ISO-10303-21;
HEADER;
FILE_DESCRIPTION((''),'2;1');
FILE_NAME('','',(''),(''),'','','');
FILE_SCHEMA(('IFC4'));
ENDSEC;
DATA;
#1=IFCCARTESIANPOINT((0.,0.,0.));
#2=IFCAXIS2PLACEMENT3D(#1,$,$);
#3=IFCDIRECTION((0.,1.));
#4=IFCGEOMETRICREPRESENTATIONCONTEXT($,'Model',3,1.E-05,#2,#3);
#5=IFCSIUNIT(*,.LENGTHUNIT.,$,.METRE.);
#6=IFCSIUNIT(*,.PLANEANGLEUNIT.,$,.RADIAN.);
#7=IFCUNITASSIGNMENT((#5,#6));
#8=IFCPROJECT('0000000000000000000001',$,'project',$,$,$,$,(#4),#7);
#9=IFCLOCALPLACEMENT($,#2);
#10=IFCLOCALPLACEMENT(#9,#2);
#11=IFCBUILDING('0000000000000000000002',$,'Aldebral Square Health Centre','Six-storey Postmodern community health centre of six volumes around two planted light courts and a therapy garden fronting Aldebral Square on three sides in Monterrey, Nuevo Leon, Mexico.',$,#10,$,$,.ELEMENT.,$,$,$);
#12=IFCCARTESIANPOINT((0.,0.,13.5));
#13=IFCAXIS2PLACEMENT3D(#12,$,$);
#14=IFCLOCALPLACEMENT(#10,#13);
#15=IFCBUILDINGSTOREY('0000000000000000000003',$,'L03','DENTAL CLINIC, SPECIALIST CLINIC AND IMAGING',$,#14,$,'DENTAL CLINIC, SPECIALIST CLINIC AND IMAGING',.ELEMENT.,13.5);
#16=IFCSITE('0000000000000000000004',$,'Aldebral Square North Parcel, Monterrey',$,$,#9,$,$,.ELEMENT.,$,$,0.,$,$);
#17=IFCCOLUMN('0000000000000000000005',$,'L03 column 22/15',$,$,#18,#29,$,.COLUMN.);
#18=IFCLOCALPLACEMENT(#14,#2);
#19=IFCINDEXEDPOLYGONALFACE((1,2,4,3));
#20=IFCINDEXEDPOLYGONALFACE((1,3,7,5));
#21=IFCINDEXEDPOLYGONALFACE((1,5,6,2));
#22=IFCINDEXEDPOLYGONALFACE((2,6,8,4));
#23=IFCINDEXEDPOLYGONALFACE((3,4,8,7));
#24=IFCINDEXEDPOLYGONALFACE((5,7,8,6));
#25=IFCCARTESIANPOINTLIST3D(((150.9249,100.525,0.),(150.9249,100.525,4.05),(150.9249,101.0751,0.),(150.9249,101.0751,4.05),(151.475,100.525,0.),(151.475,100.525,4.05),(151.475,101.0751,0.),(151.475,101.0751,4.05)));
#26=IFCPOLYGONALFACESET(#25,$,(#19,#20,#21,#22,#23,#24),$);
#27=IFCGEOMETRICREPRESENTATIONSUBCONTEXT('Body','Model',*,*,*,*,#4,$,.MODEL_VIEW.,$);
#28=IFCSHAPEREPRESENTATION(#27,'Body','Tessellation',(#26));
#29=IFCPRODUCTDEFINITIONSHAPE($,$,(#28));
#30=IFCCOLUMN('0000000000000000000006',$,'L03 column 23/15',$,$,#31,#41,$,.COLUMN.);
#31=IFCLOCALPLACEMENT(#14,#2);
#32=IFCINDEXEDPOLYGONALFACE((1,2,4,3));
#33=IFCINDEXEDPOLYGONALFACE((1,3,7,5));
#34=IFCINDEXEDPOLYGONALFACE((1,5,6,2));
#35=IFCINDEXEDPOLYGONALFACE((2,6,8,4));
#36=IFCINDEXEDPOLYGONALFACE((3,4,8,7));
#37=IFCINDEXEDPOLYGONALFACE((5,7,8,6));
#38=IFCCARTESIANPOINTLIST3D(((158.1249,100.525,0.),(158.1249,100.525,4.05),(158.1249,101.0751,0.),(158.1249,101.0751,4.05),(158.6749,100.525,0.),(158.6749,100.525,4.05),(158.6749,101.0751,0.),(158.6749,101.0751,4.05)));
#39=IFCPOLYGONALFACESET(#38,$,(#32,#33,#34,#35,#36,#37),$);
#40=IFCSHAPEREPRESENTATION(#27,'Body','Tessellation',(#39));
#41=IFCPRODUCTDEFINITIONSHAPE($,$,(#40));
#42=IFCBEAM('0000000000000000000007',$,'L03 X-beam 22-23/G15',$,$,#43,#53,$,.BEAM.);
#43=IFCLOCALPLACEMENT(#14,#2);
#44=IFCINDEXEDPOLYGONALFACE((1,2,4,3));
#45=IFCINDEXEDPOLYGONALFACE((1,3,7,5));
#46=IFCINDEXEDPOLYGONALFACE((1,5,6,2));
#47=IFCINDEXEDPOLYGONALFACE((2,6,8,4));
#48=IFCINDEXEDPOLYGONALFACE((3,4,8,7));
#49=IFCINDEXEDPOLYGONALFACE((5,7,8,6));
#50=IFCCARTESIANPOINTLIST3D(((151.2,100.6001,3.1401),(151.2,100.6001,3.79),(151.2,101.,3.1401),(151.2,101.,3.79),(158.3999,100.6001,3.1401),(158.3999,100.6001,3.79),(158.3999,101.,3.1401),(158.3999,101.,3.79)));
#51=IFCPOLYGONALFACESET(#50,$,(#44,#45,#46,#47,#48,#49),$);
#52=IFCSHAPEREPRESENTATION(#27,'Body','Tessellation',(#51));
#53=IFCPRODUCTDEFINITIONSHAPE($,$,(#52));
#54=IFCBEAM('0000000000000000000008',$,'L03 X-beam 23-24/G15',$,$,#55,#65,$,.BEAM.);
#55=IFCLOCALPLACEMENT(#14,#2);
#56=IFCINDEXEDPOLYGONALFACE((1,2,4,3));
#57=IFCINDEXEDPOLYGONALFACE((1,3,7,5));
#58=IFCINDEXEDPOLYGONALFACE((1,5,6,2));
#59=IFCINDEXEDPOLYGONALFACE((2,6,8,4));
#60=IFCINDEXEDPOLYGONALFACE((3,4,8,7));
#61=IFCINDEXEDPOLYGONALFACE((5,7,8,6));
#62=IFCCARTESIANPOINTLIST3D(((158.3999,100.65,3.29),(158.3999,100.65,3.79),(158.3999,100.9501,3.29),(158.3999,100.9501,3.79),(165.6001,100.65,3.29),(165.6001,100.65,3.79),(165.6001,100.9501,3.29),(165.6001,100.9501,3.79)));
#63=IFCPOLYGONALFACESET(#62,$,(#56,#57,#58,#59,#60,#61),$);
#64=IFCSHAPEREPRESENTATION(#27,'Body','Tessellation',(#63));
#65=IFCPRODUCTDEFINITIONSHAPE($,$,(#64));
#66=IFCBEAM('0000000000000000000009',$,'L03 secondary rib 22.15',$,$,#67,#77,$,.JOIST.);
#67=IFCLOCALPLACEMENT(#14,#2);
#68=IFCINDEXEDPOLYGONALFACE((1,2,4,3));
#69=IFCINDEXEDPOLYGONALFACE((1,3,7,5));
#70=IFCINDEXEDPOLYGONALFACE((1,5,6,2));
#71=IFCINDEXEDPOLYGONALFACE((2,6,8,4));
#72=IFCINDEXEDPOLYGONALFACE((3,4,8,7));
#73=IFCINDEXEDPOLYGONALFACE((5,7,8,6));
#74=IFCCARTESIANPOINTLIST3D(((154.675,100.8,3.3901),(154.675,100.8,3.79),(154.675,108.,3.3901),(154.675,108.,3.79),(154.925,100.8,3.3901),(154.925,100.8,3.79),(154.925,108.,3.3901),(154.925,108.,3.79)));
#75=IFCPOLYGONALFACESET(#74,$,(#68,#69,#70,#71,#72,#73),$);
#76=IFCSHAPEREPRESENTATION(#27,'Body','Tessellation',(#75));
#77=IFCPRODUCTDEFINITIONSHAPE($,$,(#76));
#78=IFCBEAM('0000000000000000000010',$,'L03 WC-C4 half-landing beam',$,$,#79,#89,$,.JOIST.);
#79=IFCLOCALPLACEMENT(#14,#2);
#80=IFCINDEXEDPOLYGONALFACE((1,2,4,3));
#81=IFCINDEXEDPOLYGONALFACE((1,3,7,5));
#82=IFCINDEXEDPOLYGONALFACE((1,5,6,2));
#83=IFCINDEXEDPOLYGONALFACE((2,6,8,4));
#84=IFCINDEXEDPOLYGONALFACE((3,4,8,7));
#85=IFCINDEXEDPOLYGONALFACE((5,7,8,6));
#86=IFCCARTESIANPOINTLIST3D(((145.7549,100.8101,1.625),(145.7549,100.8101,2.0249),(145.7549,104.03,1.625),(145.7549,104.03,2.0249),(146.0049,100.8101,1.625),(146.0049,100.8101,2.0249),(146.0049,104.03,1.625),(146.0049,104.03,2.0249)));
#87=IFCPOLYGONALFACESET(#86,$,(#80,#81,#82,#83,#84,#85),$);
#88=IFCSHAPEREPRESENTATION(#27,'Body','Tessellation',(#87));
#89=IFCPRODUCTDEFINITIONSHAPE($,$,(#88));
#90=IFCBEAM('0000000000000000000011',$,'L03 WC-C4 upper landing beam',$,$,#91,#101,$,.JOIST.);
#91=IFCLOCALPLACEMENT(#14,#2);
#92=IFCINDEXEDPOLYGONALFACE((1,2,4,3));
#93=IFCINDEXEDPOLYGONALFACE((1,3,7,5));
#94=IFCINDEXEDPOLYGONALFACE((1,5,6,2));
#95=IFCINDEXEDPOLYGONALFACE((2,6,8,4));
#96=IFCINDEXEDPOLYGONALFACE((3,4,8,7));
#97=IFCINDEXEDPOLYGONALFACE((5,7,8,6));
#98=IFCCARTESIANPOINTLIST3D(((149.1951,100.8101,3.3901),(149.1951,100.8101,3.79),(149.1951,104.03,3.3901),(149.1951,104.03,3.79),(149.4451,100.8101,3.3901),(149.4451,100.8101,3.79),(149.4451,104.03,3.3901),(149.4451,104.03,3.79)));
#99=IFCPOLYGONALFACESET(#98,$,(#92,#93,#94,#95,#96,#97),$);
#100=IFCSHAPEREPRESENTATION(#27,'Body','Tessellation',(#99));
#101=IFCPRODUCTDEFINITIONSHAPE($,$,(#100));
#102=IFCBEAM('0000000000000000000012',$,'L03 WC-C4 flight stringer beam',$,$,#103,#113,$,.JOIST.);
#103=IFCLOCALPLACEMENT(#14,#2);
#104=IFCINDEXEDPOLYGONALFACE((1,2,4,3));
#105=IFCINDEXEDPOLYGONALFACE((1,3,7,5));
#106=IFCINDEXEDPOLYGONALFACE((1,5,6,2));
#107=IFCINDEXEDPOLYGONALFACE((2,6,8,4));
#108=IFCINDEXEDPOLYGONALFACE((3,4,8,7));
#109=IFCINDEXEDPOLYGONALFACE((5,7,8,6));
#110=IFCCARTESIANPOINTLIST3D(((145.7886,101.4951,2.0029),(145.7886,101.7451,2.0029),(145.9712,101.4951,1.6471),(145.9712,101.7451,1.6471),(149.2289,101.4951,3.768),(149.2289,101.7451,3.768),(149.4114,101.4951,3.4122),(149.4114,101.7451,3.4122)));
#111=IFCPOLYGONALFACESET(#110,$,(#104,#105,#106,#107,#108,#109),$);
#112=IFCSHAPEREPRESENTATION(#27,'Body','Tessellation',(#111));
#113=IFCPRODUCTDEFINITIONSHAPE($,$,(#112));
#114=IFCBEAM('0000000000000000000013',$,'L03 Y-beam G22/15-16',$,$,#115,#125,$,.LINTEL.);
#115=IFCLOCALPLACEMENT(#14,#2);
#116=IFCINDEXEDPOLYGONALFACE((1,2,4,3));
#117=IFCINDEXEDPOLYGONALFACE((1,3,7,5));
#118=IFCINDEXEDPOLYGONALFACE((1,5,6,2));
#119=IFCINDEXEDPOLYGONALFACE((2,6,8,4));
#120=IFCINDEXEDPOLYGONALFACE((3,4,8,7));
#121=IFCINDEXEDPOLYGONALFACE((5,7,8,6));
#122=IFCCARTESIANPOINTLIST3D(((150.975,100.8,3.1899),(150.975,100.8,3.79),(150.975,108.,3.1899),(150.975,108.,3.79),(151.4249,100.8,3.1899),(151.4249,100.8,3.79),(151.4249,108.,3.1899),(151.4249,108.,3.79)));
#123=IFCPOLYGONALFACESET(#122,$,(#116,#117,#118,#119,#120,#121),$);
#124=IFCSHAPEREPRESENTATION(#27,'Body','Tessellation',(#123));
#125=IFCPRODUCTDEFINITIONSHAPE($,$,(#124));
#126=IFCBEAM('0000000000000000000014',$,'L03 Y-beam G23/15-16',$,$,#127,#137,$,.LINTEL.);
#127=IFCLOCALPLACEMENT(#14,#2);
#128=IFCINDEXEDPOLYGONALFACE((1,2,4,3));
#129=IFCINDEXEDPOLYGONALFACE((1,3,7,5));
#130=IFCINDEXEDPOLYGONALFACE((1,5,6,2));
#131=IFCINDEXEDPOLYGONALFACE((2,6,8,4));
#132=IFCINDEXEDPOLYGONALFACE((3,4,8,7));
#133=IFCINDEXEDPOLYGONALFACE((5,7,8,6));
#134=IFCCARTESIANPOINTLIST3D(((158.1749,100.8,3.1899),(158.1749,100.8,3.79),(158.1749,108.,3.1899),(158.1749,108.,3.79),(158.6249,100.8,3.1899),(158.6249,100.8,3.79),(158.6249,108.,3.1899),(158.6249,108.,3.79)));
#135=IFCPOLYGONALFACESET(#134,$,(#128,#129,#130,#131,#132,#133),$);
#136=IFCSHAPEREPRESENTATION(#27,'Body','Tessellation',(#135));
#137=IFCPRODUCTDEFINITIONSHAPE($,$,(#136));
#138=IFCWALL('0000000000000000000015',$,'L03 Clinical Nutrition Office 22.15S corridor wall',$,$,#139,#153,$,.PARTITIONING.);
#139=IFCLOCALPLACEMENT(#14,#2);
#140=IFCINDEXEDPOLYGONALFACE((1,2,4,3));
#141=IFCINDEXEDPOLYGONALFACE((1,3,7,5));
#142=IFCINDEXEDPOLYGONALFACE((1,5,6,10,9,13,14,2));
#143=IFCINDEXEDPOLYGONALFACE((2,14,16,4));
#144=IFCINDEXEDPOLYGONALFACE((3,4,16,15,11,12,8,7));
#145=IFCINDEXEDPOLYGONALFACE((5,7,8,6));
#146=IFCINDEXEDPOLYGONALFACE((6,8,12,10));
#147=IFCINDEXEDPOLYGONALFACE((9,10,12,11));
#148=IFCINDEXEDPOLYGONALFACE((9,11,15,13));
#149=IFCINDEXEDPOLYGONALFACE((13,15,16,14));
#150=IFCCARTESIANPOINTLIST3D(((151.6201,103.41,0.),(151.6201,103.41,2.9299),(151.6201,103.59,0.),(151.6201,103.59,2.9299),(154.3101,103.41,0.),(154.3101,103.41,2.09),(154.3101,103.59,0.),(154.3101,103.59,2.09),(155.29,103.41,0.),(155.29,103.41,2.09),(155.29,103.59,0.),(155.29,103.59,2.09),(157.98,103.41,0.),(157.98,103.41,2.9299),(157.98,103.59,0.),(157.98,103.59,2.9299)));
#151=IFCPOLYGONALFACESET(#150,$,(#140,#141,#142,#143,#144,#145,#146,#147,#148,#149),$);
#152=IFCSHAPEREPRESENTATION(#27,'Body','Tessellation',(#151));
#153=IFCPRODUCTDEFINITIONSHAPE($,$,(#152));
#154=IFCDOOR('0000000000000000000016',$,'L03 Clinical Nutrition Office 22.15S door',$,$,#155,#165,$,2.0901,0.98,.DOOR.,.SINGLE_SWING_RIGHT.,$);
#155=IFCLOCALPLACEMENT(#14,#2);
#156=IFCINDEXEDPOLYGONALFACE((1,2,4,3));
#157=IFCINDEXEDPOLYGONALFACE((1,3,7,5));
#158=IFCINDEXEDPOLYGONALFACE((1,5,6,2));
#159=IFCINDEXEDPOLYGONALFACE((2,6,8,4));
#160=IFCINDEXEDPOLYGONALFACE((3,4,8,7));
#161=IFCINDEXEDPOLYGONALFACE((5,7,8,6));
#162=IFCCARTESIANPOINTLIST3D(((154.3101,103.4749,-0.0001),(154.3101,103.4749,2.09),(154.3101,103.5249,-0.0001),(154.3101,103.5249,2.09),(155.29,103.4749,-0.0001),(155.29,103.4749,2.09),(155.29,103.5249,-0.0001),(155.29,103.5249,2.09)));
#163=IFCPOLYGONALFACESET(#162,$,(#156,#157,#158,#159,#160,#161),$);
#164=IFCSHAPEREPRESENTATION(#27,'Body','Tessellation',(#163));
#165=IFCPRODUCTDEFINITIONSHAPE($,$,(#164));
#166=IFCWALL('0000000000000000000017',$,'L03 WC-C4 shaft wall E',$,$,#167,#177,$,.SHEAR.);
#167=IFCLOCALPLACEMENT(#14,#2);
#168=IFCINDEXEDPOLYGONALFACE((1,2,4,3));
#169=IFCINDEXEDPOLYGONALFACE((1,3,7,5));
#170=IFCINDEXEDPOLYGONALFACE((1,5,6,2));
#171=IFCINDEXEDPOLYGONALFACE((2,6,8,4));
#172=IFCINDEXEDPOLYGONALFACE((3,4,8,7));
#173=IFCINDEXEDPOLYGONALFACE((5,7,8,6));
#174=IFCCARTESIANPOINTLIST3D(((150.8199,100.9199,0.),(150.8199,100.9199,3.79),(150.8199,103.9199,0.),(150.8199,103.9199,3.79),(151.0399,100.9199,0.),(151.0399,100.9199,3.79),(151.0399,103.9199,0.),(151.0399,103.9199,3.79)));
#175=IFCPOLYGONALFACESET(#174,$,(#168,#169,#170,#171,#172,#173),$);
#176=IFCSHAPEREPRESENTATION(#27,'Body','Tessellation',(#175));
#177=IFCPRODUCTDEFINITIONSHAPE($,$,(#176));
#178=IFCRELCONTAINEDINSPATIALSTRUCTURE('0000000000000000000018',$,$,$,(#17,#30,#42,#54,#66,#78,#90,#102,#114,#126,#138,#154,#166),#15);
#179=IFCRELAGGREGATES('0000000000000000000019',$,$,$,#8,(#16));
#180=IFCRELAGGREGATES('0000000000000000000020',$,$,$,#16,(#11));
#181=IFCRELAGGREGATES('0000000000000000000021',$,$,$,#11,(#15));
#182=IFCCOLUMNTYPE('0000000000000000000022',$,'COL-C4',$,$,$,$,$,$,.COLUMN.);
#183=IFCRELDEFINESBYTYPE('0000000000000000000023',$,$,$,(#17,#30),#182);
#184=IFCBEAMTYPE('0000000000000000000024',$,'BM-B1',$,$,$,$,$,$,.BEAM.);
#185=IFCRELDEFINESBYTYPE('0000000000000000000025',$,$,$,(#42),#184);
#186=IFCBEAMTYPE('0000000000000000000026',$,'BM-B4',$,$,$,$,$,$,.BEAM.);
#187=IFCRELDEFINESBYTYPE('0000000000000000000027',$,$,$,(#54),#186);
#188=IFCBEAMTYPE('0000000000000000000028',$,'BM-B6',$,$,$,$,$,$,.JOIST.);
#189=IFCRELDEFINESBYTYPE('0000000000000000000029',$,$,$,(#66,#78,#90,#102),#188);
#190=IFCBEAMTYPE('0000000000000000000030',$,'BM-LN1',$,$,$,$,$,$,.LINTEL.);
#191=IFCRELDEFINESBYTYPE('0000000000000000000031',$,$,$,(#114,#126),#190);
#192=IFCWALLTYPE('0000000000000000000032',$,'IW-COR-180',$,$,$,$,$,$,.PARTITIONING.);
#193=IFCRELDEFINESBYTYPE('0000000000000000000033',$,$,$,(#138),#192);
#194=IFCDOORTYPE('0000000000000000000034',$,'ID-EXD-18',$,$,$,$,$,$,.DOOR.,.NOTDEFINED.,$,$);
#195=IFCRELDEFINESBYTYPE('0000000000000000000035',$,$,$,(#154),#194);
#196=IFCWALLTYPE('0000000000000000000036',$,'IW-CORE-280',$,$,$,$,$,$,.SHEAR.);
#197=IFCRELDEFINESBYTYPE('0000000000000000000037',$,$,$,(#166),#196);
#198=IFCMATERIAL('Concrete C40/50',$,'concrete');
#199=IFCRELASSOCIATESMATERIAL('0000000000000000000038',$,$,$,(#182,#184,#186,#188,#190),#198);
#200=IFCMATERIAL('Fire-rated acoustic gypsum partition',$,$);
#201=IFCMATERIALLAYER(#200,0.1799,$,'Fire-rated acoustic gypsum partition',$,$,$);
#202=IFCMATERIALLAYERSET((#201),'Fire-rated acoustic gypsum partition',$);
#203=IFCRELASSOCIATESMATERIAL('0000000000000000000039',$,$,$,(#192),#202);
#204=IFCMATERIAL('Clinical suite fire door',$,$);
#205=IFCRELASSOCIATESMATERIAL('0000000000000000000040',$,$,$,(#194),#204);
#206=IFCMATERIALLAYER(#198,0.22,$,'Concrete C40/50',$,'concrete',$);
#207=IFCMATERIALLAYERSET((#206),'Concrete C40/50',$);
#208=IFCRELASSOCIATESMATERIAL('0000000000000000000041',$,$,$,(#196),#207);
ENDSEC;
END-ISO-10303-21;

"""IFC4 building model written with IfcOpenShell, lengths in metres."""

from ifc_helpers import new_model, si_unit, direction, frame, frame_2d, origin, origin_2d, place, context, subcontext, project, spatial, rectangle, extrude, material, layer, layer_set, material_profile, profile_set, type_object, element, fill, save


model = new_model("IFC4")

# Units and contexts
model_context = context("Model", 3, precision=1e-05, world=origin(), true_north=direction((0.0, 1.0)))
body_context = subcontext(model_context, "Body", "Model", "MODEL_VIEW")
ifc_project = project(units=[si_unit("LENGTHUNIT", "METRE"), si_unit("PLANEANGLEUNIT", "RADIAN")], contexts=[model_context])

# Site, building, storey
site_placement = place(None, origin())
site = spatial("IfcSite", under=ifc_project, at=site_placement, Name="Aldebral Square North Parcel, Monterrey", CompositionType="ELEMENT", RefElevation=0.0)
building_placement = place(site_placement, origin())
building = spatial("IfcBuilding", under=site, at=building_placement, Name="Aldebral Square Health Centre", Description="Six-storey Postmodern community health centre of six volumes around two planted light courts and a therapy garden fronting Aldebral Square on three sides in Monterrey, Nuevo Leon, Mexico.", CompositionType="ELEMENT")
storey_placement = place(building_placement, frame((0.0, 0.0, 13.5)))
storey = spatial("IfcBuildingStorey", under=building, at=storey_placement, Name="L03", Description="DENTAL CLINIC, SPECIALIST CLINIC AND IMAGING", LongName="DENTAL CLINIC, SPECIALIST CLINIC AND IMAGING", CompositionType="ELEMENT", Elevation=13.5)

# Columns
ifc_material_1 = material(Name="Concrete C40/50", Category="concrete")
ifc_material_profile_1 = material_profile(ifc_material_1, rectangle(XDim=0.55, YDim=0.55, at=origin_2d()), Name="RC 550x550")
ifc_profile_set_1 = profile_set([ifc_material_profile_1], Name="Concrete C40/50")
column_type = type_object("IfcColumnType", Name="COL-C4", PredefinedType="COLUMN", material=ifc_profile_set_1)
for number, where, z_axis, x_axis, name in (
    (1, (151.2, 100.8, 0.0), (0.0, 0.0, 1.0), (1.0, 0.0, 0.0), "L03 column 22/15"),
    (2, (158.3999, 100.8, 0.0), (0.0, 0.0, 1.0), (1.0, 0.0, 0.0), "L03 column 23/15"),
):
    element("IfcColumn", number, at=place(storey_placement, frame(where, z_axis=z_axis, x_axis=x_axis)), inside=storey, type_object=column_type, Name=name, PredefinedType="COLUMN", context=body_context, shape_type="SweptSolid", body=[
        extrude(rectangle(XDim=0.55, YDim=0.55, at=origin_2d()), origin(), (0.0, 0.0, 1.0), 4.05),
    ])

# Beams
ifc_material_profile_2 = material_profile(ifc_material_1, rectangle(XDim=0.3999, YDim=0.6499, at=origin_2d()), Name="RC 400x650")
ifc_profile_set_2 = profile_set([ifc_material_profile_2], Name="Concrete C40/50")
beam_type_1 = type_object("IfcBeamType", Name="BM-B1", PredefinedType="BEAM", material=ifc_profile_set_2)
beam_1_placement = place(storey_placement, frame((151.2, 100.8, 3.4651), z_axis=(1.0, 0.0, 0.0), x_axis=(0.0, 1.0, 0.0)))
element("IfcBeam", 3, at=beam_1_placement, inside=storey, type_object=beam_type_1, Name="L03 X-beam 22-23/G15", PredefinedType="BEAM", context=body_context, shape_type="SweptSolid", body=[
    extrude(rectangle(XDim=0.3999, YDim=0.6499, at=origin_2d()), origin(), (0.0, 0.0, 1.0), 7.2),
])
ifc_material_profile_3 = material_profile(ifc_material_1, rectangle(XDim=0.3, YDim=0.5, at=origin_2d()), Name="RC 300x500")
ifc_profile_set_3 = profile_set([ifc_material_profile_3], Name="Concrete C40/50")
beam_type_2 = type_object("IfcBeamType", Name="BM-B4", PredefinedType="BEAM", material=ifc_profile_set_3)
beam_2_placement = place(storey_placement, frame((158.3999, 100.8, 3.54), z_axis=(1.0, 0.0, 0.0), x_axis=(0.0, 1.0, 0.0)))
element("IfcBeam", 4, at=beam_2_placement, inside=storey, type_object=beam_type_2, Name="L03 X-beam 23-24/G15", PredefinedType="BEAM", context=body_context, shape_type="SweptSolid", body=[
    extrude(rectangle(XDim=0.3, YDim=0.5, at=origin_2d()), origin(), (0.0, 0.0, 1.0), 7.2002),
])
ifc_material_profile_4 = material_profile(ifc_material_1, rectangle(XDim=0.25, YDim=0.3999, at=origin_2d()), Name="RC 250x400")
ifc_profile_set_4 = profile_set([ifc_material_profile_4], Name="Concrete C40/50")
beam_type_3 = type_object("IfcBeamType", Name="BM-B6", PredefinedType="JOIST", material=ifc_profile_set_4)
beam_3_placement = place(storey_placement, frame((154.8, 100.8, 3.5901), z_axis=(0.0, 1.0, 0.0), x_axis=(-1.0, 0.0, 0.0)))
element("IfcBeam", 5, at=beam_3_placement, inside=storey, type_object=beam_type_3, Name="L03 secondary rib 22.15", PredefinedType="JOIST", context=body_context, shape_type="SweptSolid", body=[
    extrude(rectangle(XDim=0.25, YDim=0.3999, at=origin_2d()), origin(), (0.0, 0.0, 1.0), 7.2),
])
for number, where, z_axis, x_axis, name in (
    (6, (145.8799, 100.8101, 1.825), (0.0, 1.0, 0.0), (-1.0, 0.0, 0.0), "L03 WC-C4 half-landing beam"),
    (7, (149.3201, 100.8101, 3.5901), (0.0, 1.0, 0.0), (-1.0, 0.0, 0.0), "L03 WC-C4 upper landing beam"),
):
    element("IfcBeam", number, at=place(storey_placement, frame(where, z_axis=z_axis, x_axis=x_axis)), inside=storey, type_object=beam_type_3, Name=name, PredefinedType="JOIST", context=body_context, shape_type="SweptSolid", body=[
        extrude(rectangle(XDim=0.25, YDim=0.3999, at=origin_2d()), origin(), (0.0, 0.0, 1.0), 3.22),
    ])
beam_4_placement = place(storey_placement, frame((145.8799, 101.6201, 1.825), z_axis=(0.889719, 0.0, 0.456509), x_axis=(0.0, 1.0, 0.0)))
element("IfcBeam", 8, at=beam_4_placement, inside=storey, type_object=beam_type_3, Name="L03 WC-C4 flight stringer beam", PredefinedType="JOIST", context=body_context, shape_type="SweptSolid", body=[
    extrude(rectangle(XDim=0.25, YDim=0.3999, at=origin_2d()), origin(), (0.0, 0.0, 1.0), 3.8667),
])
ifc_material_profile_5 = material_profile(ifc_material_1, rectangle(XDim=0.45, YDim=0.6001, at=origin_2d()), Name="RC 450x600")
ifc_profile_set_5 = profile_set([ifc_material_profile_5], Name="Concrete C40/50")
beam_type_4 = type_object("IfcBeamType", Name="BM-LN1", PredefinedType="LINTEL", material=ifc_profile_set_5)
for number, where, z_axis, x_axis, name in (
    (9, (151.2, 100.8, 3.49), (0.0, 1.0, 0.0), (-1.0, 0.0, 0.0), "L03 Y-beam G22/15-16"),
    (10, (158.3999, 100.8, 3.49), (0.0, 1.0, 0.0), (-1.0, 0.0, 0.0), "L03 Y-beam G23/15-16"),
):
    element("IfcBeam", number, at=place(storey_placement, frame(where, z_axis=z_axis, x_axis=x_axis)), inside=storey, type_object=beam_type_4, Name=name, PredefinedType="LINTEL", context=body_context, shape_type="SweptSolid", body=[
        extrude(rectangle(XDim=0.45, YDim=0.6001, at=origin_2d()), origin(), (0.0, 0.0, 1.0), 7.2),
    ])

# Wall, opening, door
ifc_material_2 = material(Name="Fire-rated acoustic gypsum partition")
ifc_layer_1 = layer(ifc_material_2, 0.1799, Name="Fire-rated acoustic gypsum partition")
ifc_layer_set_1 = layer_set([ifc_layer_1], Name="Fire-rated acoustic gypsum partition")
wall_type_1 = type_object("IfcWallType", Name="IW-COR-180", PredefinedType="PARTITIONING", material=ifc_layer_set_1)
wall_1_placement = place(storey_placement, frame((151.6201, 103.5, 0.0), z_axis=(0.0, 0.0, 1.0), x_axis=(1.0, 0.0, 0.0)))
wall_1 = element("IfcWall", 11, at=wall_1_placement, inside=storey, type_object=wall_type_1, Name="L03 Clinical Nutrition Office 22.15S corridor wall", PredefinedType="PARTITIONING", context=body_context, shape_type="SweptSolid", body=[
    extrude(rectangle(XDim=6.3599, YDim=0.1799, at=frame_2d((3.1799, 0.0))), origin(), (0.0, 0.0, 1.0), 2.9299),
])
opening_placement = place(wall_1_placement, frame((2.6899, 0.0, 0.0)))
opening = element("IfcOpeningElement", 12, at=opening_placement, cuts=wall_1, PredefinedType="OPENING", context=body_context, shape_type="SweptSolid", body=[
    extrude(rectangle(XDim=0.98, YDim=2.0901, at=frame_2d((0.49, 1.0449))), frame((0.0, 0.1001, 0.0), z_axis=(0.0, -1.0, 0.0), x_axis=(1.0, 0.0, 0.0)), (0.0, 0.0, 1.0), 0.2),
])
ifc_material_3 = material(Name="Clinical suite fire door")
door_type = type_object("IfcDoorType", Name="ID-EXD-18", OperationType="NOTDEFINED", PredefinedType="DOOR", material=ifc_material_3)
door_placement = place(opening_placement, origin())
door = element("IfcDoor", 13, at=door_placement, inside=storey, type_object=door_type, Name="L03 Clinical Nutrition Office 22.15S door", OperationType="SINGLE_SWING_RIGHT", OverallHeight=2.0901, OverallWidth=0.98, PredefinedType="DOOR", context=body_context, shape_type="SweptSolid", body=[
    extrude(rectangle(XDim=0.98, YDim=2.0901, at=frame_2d((0.49, 1.0449))), frame((0.0, 0.0249, 0.0), z_axis=(0.0, -1.0, 0.0), x_axis=(1.0, 0.0, 0.0)), (0.0, 0.0, 1.0), 0.05),
])
fill(opening, door)

# Wall
ifc_layer_2 = layer(ifc_material_1, 0.22, Name="Concrete C40/50", Category="concrete")
ifc_layer_set_2 = layer_set([ifc_layer_2], Name="Concrete C40/50")
wall_type_2 = type_object("IfcWallType", Name="IW-CORE-280", PredefinedType="SHEAR", material=ifc_layer_set_2)
wall_2_placement = place(storey_placement, frame((150.9299, 100.9199, 0.0), z_axis=(0.0, 0.0, 1.0), x_axis=(0.0, 1.0, 0.0)))
element("IfcWall", 14, at=wall_2_placement, inside=storey, type_object=wall_type_2, Name="L03 WC-C4 shaft wall E", PredefinedType="SHEAR", context=body_context, shape_type="SweptSolid", body=[
    extrude(rectangle(XDim=3.0, YDim=0.22, at=frame_2d((1.5, 0.0))), origin(), (0.0, 0.0, 1.0), 3.79),
])

save(model, "model.ifc")
